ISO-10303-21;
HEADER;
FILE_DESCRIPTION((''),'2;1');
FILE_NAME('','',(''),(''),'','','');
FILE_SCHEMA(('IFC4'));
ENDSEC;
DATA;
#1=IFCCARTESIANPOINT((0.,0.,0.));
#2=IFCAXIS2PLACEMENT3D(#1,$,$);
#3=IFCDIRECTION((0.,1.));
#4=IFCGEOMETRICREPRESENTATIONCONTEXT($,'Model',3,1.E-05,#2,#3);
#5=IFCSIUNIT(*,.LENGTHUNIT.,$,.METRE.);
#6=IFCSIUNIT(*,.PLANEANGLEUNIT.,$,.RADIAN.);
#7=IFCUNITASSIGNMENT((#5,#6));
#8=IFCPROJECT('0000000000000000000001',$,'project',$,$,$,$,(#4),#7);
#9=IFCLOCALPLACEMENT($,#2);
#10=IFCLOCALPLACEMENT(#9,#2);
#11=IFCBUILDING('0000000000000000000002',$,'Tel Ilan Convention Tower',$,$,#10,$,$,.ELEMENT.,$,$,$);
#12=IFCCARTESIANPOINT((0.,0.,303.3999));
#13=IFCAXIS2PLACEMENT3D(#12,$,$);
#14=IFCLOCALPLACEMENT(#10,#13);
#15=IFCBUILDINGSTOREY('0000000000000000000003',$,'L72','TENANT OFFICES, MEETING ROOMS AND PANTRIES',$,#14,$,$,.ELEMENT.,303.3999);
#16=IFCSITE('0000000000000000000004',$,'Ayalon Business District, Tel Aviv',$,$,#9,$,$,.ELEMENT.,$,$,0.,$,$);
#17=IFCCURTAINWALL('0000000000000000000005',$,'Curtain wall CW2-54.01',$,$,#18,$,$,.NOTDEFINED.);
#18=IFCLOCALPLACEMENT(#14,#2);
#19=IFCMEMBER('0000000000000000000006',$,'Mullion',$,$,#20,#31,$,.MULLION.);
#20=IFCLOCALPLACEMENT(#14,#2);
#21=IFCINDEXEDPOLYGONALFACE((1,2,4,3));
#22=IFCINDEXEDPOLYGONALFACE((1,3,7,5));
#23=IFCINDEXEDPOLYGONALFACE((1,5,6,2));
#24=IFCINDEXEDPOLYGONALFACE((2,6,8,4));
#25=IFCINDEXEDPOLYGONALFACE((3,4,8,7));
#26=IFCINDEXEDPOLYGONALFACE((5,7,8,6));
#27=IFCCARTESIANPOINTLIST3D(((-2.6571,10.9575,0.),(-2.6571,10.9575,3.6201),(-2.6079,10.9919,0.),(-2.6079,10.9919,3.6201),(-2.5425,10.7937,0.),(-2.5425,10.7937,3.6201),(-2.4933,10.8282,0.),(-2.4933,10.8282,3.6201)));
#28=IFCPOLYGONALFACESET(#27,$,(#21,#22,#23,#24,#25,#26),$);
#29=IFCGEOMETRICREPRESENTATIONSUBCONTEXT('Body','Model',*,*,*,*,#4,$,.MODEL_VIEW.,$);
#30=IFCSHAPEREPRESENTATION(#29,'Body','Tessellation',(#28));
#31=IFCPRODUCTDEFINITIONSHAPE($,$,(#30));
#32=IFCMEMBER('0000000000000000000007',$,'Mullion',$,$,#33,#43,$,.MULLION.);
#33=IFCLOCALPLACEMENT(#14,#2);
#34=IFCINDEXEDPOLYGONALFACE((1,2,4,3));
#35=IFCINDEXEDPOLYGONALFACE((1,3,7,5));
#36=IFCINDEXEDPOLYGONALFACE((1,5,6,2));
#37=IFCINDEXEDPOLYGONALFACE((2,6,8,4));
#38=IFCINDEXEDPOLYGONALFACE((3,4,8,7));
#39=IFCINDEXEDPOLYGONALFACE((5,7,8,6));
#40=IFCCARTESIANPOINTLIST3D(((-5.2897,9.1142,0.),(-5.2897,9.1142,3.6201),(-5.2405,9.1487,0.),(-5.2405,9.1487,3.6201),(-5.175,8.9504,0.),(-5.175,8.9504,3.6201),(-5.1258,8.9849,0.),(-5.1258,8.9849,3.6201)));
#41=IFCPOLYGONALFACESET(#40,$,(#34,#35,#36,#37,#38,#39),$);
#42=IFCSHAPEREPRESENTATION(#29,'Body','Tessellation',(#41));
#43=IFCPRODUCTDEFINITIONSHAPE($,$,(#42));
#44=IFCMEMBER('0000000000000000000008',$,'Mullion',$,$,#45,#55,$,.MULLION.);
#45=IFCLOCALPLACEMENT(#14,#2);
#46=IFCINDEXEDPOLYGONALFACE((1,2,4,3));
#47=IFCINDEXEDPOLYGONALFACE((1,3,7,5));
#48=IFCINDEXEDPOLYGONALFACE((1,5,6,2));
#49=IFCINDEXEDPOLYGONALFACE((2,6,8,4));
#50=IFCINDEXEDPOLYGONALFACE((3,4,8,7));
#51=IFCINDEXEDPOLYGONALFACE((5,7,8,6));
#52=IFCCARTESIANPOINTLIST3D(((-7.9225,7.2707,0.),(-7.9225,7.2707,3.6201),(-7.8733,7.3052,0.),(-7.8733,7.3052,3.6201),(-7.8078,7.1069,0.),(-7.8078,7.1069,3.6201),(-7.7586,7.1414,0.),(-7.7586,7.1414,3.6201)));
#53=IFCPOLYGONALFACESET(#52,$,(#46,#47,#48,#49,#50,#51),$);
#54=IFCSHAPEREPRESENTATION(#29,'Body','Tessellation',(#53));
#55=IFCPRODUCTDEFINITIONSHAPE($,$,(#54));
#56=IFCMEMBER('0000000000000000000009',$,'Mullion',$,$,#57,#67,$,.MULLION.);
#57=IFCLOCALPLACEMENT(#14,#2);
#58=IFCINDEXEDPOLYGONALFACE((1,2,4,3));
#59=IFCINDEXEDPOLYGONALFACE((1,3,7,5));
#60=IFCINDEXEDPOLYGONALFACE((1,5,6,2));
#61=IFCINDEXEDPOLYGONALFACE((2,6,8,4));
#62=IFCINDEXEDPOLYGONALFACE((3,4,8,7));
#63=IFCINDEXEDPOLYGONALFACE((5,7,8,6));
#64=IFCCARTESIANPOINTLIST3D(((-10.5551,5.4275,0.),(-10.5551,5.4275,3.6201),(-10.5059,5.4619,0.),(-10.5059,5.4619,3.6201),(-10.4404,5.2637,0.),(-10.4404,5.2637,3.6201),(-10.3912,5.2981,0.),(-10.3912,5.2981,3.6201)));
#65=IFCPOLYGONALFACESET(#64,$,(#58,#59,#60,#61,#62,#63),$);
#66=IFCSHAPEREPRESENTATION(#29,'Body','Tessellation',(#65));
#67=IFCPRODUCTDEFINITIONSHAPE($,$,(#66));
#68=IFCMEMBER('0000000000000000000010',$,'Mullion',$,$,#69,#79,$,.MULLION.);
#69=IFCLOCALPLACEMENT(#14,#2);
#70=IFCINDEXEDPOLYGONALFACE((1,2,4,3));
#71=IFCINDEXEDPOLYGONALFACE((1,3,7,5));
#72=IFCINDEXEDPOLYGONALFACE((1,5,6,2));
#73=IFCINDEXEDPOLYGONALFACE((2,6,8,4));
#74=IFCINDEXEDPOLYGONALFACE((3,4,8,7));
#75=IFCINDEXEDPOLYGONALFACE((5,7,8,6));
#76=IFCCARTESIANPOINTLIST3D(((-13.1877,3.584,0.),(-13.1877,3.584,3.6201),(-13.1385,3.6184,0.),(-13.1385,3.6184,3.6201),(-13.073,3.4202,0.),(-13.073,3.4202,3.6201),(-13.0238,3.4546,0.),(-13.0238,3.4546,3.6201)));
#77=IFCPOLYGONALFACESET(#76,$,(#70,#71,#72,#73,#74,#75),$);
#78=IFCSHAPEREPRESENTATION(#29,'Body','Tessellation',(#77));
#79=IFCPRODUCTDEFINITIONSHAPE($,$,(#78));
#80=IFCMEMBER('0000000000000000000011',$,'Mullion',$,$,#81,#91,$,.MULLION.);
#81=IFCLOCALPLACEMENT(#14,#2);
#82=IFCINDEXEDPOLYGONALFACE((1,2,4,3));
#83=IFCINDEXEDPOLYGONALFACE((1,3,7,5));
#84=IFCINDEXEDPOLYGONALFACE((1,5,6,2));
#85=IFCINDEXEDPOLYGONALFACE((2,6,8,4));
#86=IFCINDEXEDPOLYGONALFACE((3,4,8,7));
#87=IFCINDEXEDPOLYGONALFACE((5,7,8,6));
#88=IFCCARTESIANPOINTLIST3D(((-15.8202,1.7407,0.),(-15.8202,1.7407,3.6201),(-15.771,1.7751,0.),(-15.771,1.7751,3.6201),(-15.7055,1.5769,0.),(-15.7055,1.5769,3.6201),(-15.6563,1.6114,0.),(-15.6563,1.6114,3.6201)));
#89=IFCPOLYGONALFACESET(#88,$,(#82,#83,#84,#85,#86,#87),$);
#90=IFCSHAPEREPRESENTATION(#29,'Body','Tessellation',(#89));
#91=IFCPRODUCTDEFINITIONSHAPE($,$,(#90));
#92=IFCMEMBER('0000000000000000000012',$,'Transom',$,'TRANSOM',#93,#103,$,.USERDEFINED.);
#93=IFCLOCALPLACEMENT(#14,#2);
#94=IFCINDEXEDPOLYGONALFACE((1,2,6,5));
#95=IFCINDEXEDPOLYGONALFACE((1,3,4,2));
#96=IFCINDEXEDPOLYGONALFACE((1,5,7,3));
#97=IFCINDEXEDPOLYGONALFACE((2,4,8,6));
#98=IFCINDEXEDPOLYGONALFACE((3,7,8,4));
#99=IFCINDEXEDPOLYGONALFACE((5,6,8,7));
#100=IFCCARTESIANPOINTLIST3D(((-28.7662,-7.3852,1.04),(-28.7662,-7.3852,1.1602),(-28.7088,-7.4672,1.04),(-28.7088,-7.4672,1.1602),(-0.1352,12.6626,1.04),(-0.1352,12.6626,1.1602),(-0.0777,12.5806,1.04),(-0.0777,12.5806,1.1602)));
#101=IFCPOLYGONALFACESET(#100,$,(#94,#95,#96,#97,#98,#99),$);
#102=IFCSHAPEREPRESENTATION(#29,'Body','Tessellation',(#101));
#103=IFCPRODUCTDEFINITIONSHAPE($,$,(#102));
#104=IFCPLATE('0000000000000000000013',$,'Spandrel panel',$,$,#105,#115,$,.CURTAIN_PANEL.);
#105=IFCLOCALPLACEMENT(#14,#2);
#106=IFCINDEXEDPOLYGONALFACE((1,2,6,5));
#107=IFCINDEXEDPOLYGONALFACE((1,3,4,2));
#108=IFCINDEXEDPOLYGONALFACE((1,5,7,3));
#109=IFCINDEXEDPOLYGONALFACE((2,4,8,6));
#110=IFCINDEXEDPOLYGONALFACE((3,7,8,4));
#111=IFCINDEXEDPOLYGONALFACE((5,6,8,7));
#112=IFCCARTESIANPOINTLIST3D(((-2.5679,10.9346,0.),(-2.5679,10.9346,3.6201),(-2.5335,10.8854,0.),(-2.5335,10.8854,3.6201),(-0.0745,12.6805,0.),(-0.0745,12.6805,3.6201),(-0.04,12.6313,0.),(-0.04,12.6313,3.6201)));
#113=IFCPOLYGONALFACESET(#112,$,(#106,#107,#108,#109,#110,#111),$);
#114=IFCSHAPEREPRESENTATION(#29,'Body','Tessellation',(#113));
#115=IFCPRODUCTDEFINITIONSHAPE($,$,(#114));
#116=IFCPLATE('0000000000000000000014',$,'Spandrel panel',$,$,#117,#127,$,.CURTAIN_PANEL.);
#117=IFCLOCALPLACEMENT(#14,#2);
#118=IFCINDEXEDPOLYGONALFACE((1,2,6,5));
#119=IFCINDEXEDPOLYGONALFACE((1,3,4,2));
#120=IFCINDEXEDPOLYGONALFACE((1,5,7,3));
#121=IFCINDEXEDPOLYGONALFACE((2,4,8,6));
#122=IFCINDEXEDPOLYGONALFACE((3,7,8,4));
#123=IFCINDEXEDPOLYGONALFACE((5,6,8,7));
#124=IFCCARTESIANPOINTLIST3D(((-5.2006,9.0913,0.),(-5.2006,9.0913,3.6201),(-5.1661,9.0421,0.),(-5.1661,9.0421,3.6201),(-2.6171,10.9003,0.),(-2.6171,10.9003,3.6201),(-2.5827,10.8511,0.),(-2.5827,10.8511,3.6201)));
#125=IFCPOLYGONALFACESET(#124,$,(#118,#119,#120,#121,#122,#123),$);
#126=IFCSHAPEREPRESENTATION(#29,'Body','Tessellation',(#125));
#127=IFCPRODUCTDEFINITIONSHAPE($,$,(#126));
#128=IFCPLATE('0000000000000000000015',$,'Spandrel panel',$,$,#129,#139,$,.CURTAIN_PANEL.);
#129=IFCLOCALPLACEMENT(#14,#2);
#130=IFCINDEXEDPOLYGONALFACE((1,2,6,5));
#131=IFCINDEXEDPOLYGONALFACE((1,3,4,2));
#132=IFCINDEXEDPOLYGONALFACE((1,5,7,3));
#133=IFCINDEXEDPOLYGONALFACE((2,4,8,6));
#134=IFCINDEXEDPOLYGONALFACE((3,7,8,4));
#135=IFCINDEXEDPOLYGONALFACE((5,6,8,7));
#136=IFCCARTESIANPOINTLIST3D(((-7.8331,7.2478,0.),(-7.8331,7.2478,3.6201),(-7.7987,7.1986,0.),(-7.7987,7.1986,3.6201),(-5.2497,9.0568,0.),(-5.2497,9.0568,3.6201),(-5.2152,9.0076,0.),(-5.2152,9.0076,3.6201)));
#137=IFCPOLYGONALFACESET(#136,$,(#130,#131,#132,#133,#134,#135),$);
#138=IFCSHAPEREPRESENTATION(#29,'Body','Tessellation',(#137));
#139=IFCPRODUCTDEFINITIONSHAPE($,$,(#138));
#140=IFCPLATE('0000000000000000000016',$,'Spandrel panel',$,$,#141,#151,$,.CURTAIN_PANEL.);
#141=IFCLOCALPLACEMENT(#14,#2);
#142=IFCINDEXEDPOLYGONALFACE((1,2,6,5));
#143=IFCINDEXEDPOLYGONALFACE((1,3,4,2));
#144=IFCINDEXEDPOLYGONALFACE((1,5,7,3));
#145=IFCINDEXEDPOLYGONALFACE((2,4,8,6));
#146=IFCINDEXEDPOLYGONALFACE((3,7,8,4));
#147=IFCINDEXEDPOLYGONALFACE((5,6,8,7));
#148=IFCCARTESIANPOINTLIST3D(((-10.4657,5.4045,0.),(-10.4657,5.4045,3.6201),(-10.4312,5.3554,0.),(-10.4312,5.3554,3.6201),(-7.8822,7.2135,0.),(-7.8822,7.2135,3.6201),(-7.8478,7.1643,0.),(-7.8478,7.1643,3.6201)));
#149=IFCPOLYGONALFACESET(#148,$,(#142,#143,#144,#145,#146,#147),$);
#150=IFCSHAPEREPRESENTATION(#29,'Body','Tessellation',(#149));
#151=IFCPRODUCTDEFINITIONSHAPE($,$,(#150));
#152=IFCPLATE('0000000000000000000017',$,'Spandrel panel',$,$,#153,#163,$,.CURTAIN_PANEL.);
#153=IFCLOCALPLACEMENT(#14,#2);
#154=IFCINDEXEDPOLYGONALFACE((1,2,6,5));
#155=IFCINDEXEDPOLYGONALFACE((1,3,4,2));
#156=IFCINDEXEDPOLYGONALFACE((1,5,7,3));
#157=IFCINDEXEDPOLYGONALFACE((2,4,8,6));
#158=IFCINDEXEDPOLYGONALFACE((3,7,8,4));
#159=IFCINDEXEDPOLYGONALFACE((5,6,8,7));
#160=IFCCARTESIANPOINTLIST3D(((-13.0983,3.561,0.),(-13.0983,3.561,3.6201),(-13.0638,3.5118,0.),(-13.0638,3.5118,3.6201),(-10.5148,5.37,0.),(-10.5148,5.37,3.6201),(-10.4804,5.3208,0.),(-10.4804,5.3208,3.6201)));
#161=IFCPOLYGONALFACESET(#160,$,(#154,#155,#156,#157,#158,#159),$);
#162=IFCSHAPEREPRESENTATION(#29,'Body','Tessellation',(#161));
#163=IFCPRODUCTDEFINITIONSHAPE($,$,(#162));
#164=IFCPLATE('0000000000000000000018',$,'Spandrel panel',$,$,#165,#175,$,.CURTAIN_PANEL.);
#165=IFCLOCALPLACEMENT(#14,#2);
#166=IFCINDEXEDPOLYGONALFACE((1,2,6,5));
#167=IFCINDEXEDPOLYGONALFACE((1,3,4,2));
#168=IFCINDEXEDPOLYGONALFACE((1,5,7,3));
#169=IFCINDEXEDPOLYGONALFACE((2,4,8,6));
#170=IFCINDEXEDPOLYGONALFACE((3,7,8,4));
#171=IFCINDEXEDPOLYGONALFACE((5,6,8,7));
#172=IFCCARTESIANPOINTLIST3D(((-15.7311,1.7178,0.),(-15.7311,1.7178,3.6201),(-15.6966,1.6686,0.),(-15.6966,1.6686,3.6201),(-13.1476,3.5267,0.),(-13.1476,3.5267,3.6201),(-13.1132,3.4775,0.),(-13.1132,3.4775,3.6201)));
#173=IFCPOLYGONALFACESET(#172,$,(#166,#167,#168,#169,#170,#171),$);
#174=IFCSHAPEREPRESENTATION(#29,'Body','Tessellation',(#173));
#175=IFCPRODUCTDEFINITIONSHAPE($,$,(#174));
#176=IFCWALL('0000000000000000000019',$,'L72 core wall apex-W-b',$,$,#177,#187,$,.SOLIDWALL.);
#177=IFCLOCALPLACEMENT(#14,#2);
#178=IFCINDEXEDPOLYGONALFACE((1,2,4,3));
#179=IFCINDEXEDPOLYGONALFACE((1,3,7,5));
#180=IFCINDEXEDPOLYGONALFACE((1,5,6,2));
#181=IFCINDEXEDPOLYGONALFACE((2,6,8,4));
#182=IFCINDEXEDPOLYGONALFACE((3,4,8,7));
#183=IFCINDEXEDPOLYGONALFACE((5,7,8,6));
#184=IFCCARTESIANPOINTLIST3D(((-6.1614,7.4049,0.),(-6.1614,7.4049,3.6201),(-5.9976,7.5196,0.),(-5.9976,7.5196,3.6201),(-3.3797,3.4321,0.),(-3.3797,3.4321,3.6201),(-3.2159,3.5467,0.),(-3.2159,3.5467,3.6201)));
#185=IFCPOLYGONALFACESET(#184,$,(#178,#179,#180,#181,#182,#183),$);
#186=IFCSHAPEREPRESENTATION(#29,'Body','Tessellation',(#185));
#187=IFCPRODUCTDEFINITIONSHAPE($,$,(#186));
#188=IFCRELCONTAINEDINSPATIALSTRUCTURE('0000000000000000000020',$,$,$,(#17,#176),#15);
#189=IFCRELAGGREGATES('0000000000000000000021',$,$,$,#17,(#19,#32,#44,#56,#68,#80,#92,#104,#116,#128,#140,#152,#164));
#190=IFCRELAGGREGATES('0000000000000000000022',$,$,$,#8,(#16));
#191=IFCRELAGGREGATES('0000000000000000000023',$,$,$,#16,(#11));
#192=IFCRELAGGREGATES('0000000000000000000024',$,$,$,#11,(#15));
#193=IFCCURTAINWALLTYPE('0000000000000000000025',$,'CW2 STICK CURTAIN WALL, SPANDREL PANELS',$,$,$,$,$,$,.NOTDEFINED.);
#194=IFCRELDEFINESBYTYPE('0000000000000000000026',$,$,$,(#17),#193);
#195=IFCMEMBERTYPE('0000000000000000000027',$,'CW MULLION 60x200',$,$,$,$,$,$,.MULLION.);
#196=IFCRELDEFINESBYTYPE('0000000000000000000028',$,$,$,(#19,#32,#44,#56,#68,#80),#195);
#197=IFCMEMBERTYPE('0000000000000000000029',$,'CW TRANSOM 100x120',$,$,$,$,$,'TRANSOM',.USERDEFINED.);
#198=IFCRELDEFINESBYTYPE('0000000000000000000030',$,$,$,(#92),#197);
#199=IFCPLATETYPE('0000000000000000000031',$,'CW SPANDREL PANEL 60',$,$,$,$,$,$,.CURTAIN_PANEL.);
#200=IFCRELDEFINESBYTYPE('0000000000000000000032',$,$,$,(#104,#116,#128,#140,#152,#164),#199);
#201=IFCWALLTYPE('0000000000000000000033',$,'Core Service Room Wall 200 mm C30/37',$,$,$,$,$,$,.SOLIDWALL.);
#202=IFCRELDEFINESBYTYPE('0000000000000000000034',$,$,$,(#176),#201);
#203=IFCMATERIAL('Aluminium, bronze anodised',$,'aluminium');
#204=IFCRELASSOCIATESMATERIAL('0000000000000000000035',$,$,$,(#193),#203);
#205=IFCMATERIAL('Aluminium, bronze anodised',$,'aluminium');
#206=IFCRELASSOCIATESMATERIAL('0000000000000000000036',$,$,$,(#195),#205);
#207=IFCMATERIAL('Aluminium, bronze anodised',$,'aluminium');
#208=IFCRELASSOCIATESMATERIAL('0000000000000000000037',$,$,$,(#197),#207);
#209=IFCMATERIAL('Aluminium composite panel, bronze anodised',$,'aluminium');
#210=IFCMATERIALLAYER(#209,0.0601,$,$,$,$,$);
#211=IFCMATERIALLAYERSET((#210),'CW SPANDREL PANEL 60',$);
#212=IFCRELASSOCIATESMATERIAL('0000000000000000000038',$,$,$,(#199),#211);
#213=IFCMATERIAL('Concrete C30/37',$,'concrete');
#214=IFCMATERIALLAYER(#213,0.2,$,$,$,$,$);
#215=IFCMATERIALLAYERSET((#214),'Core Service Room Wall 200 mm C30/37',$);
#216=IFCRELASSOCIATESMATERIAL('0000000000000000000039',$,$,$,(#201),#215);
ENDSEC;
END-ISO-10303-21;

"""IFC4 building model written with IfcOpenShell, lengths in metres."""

from ifc_helpers import new_model, si_unit, direction, frame, frame_2d, origin, origin_2d, place, context, subcontext, project, spatial, rectangle, extrude, material, layer, layer_set, material_profile, profile_set, type_object, element, aggregate, save


model = new_model("IFC4")

# Units and contexts
model_context = context("Model", 3, precision=1e-05, world=origin(), true_north=direction((0.0, 1.0)))
body_context = subcontext(model_context, "Body", "Model", "MODEL_VIEW")
ifc_project = project(units=[si_unit("LENGTHUNIT", "METRE"), si_unit("PLANEANGLEUNIT", "RADIAN")], contexts=[model_context])

# Site, building, storey
site_placement = place(None, origin())
site = spatial("IfcSite", under=ifc_project, at=site_placement, Name="Ayalon Business District, Tel Aviv", CompositionType="ELEMENT", RefElevation=0.0)
building_placement = place(site_placement, origin())
building = spatial("IfcBuilding", under=site, at=building_placement, Name="Tel Ilan Convention Tower", CompositionType="ELEMENT")
storey_placement = place(building_placement, frame((0.0, 0.0, 303.3999)))
storey = spatial("IfcBuildingStorey", under=building, at=storey_placement, Name="L72", Description="TENANT OFFICES, MEETING ROOMS AND PANTRIES", CompositionType="ELEMENT", Elevation=303.3999)

# Curtain wall, members, plates
ifc_material_1 = material(Name="Aluminium, bronze anodised", Category="aluminium")
curtain_wall_type = type_object("IfcCurtainWallType", Name="CW2 STICK CURTAIN WALL, SPANDREL PANELS", PredefinedType="NOTDEFINED", material=ifc_material_1)
curtain_wall_placement = place(storey_placement, origin())
curtain_wall = element("IfcCurtainWall", 1, at=curtain_wall_placement, inside=storey, type_object=curtain_wall_type, Name="Curtain wall CW2-54.01", PredefinedType="NOTDEFINED")
ifc_material_2 = material(Name="Aluminium, bronze anodised", Category="aluminium")
ifc_material_profile_1 = material_profile(ifc_material_2, rectangle(XDim=0.0601, YDim=0.2, at=origin_2d()), Name="CW MULLION 60x200")
ifc_profile_set_1 = profile_set([ifc_material_profile_1], Name="Aluminium, bronze anodised")
member_type_1 = type_object("IfcMemberType", Name="CW MULLION 60x200", PredefinedType="MULLION", material=ifc_profile_set_1)
member_1_placement = place(storey_placement, frame((-2.5752, 10.8928, 0.0), z_axis=(0.0, 0.0, 1.0), x_axis=(-0.819152, -0.573576, 0.0)))
member_1 = element("IfcMember", 2, at=member_1_placement, type_object=member_type_1, Name="Mullion", PredefinedType="MULLION", context=body_context, shape_type="SweptSolid", body=[
    extrude(rectangle(XDim=0.0601, YDim=0.2, at=origin_2d()), origin(), (0.0, 0.0, 1.0), 3.6201),
])
member_2_placement = place(storey_placement, frame((-5.2078, 9.0496, 0.0), z_axis=(0.0, 0.0, 1.0), x_axis=(-0.819152, -0.573576, 0.0)))
member_2 = element("IfcMember", 3, at=member_2_placement, type_object=member_type_1, Name="Mullion", PredefinedType="MULLION", context=body_context, shape_type="SweptSolid", body=[
    extrude(rectangle(XDim=0.0601, YDim=0.2, at=origin_2d()), origin(), (0.0, 0.0, 1.0), 3.6201),
])
member_3_placement = place(storey_placement, frame((-7.8406, 7.2061, 0.0), z_axis=(0.0, 0.0, 1.0), x_axis=(-0.819152, -0.573576, 0.0)))
member_3 = element("IfcMember", 4, at=member_3_placement, type_object=member_type_1, Name="Mullion", PredefinedType="MULLION", context=body_context, shape_type="SweptSolid", body=[
    extrude(rectangle(XDim=0.0601, YDim=0.2, at=origin_2d()), origin(), (0.0, 0.0, 1.0), 3.6201),
])
member_4_placement = place(storey_placement, frame((-10.4731, 5.3628, 0.0), z_axis=(0.0, 0.0, 1.0), x_axis=(-0.819152, -0.573576, 0.0)))
member_4 = element("IfcMember", 5, at=member_4_placement, type_object=member_type_1, Name="Mullion", PredefinedType="MULLION", context=body_context, shape_type="SweptSolid", body=[
    extrude(rectangle(XDim=0.0601, YDim=0.2, at=origin_2d()), origin(), (0.0, 0.0, 1.0), 3.6201),
])
member_5_placement = place(storey_placement, frame((-13.1057, 3.5193, 0.0), z_axis=(0.0, 0.0, 1.0), x_axis=(-0.819152, -0.573576, 0.0)))
member_5 = element("IfcMember", 6, at=member_5_placement, type_object=member_type_1, Name="Mullion", PredefinedType="MULLION", context=body_context, shape_type="SweptSolid", body=[
    extrude(rectangle(XDim=0.0601, YDim=0.2, at=origin_2d()), origin(), (0.0, 0.0, 1.0), 3.6201),
])
member_6_placement = place(storey_placement, frame((-15.7383, 1.676, 0.0), z_axis=(0.0, 0.0, 1.0), x_axis=(-0.819152, -0.573576, 0.0)))
member_6 = element("IfcMember", 7, at=member_6_placement, type_object=member_type_1, Name="Mullion", PredefinedType="MULLION", context=body_context, shape_type="SweptSolid", body=[
    extrude(rectangle(XDim=0.0601, YDim=0.2, at=origin_2d()), origin(), (0.0, 0.0, 1.0), 3.6201),
])
ifc_material_3 = material(Name="Aluminium, bronze anodised", Category="aluminium")
ifc_material_profile_2 = material_profile(ifc_material_3, rectangle(XDim=0.1001, YDim=0.1201, at=origin_2d()), Name="CW TRANSOM 100x120")
ifc_profile_set_2 = profile_set([ifc_material_profile_2], Name="Aluminium, bronze anodised")
member_type_2 = type_object("IfcMemberType", Name="CW TRANSOM 100x120", ElementType="TRANSOM", PredefinedType="USERDEFINED", material=ifc_profile_set_2)
member_7_placement = place(storey_placement, frame((-0.1064, 12.6216, 1.1001), z_axis=(-0.81915, -0.573579, 0.0), x_axis=(0.573579, -0.81915, 0.0)))
member_7 = element("IfcMember", 8, at=member_7_placement, type_object=member_type_2, Name="Transom", ObjectType="TRANSOM", PredefinedType="USERDEFINED", context=body_context, shape_type="SweptSolid", body=[
    extrude(rectangle(XDim=0.1001, YDim=0.1201, at=origin_2d()), origin(), (0.0, 0.0, 1.0), 34.9521),
])
ifc_material_4 = material(Name="Aluminium composite panel, bronze anodised", Category="aluminium")
ifc_layer_1 = layer(ifc_material_4, 0.0601)
ifc_layer_set_1 = layer_set([ifc_layer_1], Name="CW SPANDREL PANEL 60")
plate_type = type_object("IfcPlateType", Name="CW SPANDREL PANEL 60", PredefinedType="CURTAIN_PANEL", material=ifc_layer_set_1)
plate_1_placement = place(storey_placement, frame((-1.304, 11.783, 0.0), z_axis=(0.0, 0.0, 1.0), x_axis=(-0.819152, -0.573576, 0.0)))
plate_1 = element("IfcPlate", 9, at=plate_1_placement, type_object=plate_type, Name="Spandrel panel", PredefinedType="CURTAIN_PANEL", context=body_context, shape_type="SweptSolid", body=[
    extrude(rectangle(XDim=3.0439, YDim=0.0601, at=origin_2d()), origin(), (0.0, 0.0, 1.0), 3.6201),
])
plate_2_placement = place(storey_placement, frame((-3.8916, 9.9712, 0.0), z_axis=(0.0, 0.0, 1.0), x_axis=(-0.819152, -0.573576, 0.0)))
plate_2 = element("IfcPlate", 10, at=plate_2_placement, type_object=plate_type, Name="Spandrel panel", PredefinedType="CURTAIN_PANEL", context=body_context, shape_type="SweptSolid", body=[
    extrude(rectangle(XDim=3.1538, YDim=0.0601, at=origin_2d()), origin(), (0.0, 0.0, 1.0), 3.6201),
])
plate_3_placement = place(storey_placement, frame((-6.5242, 8.1277, 0.0), z_axis=(0.0, 0.0, 1.0), x_axis=(-0.819152, -0.573576, 0.0)))
plate_3 = element("IfcPlate", 11, at=plate_3_placement, type_object=plate_type, Name="Spandrel panel", PredefinedType="CURTAIN_PANEL", context=body_context, shape_type="SweptSolid", body=[
    extrude(rectangle(XDim=3.1538, YDim=0.0601, at=origin_2d()), origin(), (0.0, 0.0, 1.0), 3.6201),
])
plate_4_placement = place(storey_placement, frame((-9.1567, 6.2844, 0.0), z_axis=(0.0, 0.0, 1.0), x_axis=(-0.819152, -0.573576, 0.0)))
plate_4 = element("IfcPlate", 12, at=plate_4_placement, type_object=plate_type, Name="Spandrel panel", PredefinedType="CURTAIN_PANEL", context=body_context, shape_type="SweptSolid", body=[
    extrude(rectangle(XDim=3.1538, YDim=0.0601, at=origin_2d()), origin(), (0.0, 0.0, 1.0), 3.6201),
])
plate_5_placement = place(storey_placement, frame((-11.7893, 4.4409, 0.0), z_axis=(0.0, 0.0, 1.0), x_axis=(-0.819152, -0.573576, 0.0)))
plate_5 = element("IfcPlate", 13, at=plate_5_placement, type_object=plate_type, Name="Spandrel panel", PredefinedType="CURTAIN_PANEL", context=body_context, shape_type="SweptSolid", body=[
    extrude(rectangle(XDim=3.1538, YDim=0.0601, at=origin_2d()), origin(), (0.0, 0.0, 1.0), 3.6201),
])
plate_6_placement = place(storey_placement, frame((-14.4221, 2.5977, 0.0), z_axis=(0.0, 0.0, 1.0), x_axis=(-0.819152, -0.573576, 0.0)))
plate_6 = element("IfcPlate", 14, at=plate_6_placement, type_object=plate_type, Name="Spandrel panel", PredefinedType="CURTAIN_PANEL", context=body_context, shape_type="SweptSolid", body=[
    extrude(rectangle(XDim=3.1538, YDim=0.0601, at=origin_2d()), origin(), (0.0, 0.0, 1.0), 3.6201),
])
aggregate(curtain_wall, [member_1, member_2, member_3, member_4, member_5, member_6, member_7, plate_1, plate_2, plate_3, plate_4, plate_5, plate_6])

# Wall
ifc_material_5 = material(Name="Concrete C30/37", Category="concrete")
ifc_layer_2 = layer(ifc_material_5, 0.2)
ifc_layer_set_2 = layer_set([ifc_layer_2], Name="Core Service Room Wall 200 mm C30/37")
wall_type_1 = type_object("IfcWallType", Name="Core Service Room Wall 200 mm C30/37", PredefinedType="SOLIDWALL", material=ifc_layer_set_2)
wall_1_placement = place(storey_placement, frame((-3.2979, 3.4895, 0.0), z_axis=(0.0, 0.0, 1.0), x_axis=(-0.57356, 0.819163, 0.0)))
element("IfcWall", 15, at=wall_1_placement, inside=storey, type_object=wall_type_1, Name="L72 core wall apex-W-b", PredefinedType="SOLIDWALL", context=body_context, shape_type="SweptSolid", body=[
    extrude(rectangle(XDim=4.8499, YDim=0.2, at=frame_2d((2.4248, 0.0))), origin(), (0.0, 0.0, 1.0), 3.6201),
])

save(model, "model.ifc")
